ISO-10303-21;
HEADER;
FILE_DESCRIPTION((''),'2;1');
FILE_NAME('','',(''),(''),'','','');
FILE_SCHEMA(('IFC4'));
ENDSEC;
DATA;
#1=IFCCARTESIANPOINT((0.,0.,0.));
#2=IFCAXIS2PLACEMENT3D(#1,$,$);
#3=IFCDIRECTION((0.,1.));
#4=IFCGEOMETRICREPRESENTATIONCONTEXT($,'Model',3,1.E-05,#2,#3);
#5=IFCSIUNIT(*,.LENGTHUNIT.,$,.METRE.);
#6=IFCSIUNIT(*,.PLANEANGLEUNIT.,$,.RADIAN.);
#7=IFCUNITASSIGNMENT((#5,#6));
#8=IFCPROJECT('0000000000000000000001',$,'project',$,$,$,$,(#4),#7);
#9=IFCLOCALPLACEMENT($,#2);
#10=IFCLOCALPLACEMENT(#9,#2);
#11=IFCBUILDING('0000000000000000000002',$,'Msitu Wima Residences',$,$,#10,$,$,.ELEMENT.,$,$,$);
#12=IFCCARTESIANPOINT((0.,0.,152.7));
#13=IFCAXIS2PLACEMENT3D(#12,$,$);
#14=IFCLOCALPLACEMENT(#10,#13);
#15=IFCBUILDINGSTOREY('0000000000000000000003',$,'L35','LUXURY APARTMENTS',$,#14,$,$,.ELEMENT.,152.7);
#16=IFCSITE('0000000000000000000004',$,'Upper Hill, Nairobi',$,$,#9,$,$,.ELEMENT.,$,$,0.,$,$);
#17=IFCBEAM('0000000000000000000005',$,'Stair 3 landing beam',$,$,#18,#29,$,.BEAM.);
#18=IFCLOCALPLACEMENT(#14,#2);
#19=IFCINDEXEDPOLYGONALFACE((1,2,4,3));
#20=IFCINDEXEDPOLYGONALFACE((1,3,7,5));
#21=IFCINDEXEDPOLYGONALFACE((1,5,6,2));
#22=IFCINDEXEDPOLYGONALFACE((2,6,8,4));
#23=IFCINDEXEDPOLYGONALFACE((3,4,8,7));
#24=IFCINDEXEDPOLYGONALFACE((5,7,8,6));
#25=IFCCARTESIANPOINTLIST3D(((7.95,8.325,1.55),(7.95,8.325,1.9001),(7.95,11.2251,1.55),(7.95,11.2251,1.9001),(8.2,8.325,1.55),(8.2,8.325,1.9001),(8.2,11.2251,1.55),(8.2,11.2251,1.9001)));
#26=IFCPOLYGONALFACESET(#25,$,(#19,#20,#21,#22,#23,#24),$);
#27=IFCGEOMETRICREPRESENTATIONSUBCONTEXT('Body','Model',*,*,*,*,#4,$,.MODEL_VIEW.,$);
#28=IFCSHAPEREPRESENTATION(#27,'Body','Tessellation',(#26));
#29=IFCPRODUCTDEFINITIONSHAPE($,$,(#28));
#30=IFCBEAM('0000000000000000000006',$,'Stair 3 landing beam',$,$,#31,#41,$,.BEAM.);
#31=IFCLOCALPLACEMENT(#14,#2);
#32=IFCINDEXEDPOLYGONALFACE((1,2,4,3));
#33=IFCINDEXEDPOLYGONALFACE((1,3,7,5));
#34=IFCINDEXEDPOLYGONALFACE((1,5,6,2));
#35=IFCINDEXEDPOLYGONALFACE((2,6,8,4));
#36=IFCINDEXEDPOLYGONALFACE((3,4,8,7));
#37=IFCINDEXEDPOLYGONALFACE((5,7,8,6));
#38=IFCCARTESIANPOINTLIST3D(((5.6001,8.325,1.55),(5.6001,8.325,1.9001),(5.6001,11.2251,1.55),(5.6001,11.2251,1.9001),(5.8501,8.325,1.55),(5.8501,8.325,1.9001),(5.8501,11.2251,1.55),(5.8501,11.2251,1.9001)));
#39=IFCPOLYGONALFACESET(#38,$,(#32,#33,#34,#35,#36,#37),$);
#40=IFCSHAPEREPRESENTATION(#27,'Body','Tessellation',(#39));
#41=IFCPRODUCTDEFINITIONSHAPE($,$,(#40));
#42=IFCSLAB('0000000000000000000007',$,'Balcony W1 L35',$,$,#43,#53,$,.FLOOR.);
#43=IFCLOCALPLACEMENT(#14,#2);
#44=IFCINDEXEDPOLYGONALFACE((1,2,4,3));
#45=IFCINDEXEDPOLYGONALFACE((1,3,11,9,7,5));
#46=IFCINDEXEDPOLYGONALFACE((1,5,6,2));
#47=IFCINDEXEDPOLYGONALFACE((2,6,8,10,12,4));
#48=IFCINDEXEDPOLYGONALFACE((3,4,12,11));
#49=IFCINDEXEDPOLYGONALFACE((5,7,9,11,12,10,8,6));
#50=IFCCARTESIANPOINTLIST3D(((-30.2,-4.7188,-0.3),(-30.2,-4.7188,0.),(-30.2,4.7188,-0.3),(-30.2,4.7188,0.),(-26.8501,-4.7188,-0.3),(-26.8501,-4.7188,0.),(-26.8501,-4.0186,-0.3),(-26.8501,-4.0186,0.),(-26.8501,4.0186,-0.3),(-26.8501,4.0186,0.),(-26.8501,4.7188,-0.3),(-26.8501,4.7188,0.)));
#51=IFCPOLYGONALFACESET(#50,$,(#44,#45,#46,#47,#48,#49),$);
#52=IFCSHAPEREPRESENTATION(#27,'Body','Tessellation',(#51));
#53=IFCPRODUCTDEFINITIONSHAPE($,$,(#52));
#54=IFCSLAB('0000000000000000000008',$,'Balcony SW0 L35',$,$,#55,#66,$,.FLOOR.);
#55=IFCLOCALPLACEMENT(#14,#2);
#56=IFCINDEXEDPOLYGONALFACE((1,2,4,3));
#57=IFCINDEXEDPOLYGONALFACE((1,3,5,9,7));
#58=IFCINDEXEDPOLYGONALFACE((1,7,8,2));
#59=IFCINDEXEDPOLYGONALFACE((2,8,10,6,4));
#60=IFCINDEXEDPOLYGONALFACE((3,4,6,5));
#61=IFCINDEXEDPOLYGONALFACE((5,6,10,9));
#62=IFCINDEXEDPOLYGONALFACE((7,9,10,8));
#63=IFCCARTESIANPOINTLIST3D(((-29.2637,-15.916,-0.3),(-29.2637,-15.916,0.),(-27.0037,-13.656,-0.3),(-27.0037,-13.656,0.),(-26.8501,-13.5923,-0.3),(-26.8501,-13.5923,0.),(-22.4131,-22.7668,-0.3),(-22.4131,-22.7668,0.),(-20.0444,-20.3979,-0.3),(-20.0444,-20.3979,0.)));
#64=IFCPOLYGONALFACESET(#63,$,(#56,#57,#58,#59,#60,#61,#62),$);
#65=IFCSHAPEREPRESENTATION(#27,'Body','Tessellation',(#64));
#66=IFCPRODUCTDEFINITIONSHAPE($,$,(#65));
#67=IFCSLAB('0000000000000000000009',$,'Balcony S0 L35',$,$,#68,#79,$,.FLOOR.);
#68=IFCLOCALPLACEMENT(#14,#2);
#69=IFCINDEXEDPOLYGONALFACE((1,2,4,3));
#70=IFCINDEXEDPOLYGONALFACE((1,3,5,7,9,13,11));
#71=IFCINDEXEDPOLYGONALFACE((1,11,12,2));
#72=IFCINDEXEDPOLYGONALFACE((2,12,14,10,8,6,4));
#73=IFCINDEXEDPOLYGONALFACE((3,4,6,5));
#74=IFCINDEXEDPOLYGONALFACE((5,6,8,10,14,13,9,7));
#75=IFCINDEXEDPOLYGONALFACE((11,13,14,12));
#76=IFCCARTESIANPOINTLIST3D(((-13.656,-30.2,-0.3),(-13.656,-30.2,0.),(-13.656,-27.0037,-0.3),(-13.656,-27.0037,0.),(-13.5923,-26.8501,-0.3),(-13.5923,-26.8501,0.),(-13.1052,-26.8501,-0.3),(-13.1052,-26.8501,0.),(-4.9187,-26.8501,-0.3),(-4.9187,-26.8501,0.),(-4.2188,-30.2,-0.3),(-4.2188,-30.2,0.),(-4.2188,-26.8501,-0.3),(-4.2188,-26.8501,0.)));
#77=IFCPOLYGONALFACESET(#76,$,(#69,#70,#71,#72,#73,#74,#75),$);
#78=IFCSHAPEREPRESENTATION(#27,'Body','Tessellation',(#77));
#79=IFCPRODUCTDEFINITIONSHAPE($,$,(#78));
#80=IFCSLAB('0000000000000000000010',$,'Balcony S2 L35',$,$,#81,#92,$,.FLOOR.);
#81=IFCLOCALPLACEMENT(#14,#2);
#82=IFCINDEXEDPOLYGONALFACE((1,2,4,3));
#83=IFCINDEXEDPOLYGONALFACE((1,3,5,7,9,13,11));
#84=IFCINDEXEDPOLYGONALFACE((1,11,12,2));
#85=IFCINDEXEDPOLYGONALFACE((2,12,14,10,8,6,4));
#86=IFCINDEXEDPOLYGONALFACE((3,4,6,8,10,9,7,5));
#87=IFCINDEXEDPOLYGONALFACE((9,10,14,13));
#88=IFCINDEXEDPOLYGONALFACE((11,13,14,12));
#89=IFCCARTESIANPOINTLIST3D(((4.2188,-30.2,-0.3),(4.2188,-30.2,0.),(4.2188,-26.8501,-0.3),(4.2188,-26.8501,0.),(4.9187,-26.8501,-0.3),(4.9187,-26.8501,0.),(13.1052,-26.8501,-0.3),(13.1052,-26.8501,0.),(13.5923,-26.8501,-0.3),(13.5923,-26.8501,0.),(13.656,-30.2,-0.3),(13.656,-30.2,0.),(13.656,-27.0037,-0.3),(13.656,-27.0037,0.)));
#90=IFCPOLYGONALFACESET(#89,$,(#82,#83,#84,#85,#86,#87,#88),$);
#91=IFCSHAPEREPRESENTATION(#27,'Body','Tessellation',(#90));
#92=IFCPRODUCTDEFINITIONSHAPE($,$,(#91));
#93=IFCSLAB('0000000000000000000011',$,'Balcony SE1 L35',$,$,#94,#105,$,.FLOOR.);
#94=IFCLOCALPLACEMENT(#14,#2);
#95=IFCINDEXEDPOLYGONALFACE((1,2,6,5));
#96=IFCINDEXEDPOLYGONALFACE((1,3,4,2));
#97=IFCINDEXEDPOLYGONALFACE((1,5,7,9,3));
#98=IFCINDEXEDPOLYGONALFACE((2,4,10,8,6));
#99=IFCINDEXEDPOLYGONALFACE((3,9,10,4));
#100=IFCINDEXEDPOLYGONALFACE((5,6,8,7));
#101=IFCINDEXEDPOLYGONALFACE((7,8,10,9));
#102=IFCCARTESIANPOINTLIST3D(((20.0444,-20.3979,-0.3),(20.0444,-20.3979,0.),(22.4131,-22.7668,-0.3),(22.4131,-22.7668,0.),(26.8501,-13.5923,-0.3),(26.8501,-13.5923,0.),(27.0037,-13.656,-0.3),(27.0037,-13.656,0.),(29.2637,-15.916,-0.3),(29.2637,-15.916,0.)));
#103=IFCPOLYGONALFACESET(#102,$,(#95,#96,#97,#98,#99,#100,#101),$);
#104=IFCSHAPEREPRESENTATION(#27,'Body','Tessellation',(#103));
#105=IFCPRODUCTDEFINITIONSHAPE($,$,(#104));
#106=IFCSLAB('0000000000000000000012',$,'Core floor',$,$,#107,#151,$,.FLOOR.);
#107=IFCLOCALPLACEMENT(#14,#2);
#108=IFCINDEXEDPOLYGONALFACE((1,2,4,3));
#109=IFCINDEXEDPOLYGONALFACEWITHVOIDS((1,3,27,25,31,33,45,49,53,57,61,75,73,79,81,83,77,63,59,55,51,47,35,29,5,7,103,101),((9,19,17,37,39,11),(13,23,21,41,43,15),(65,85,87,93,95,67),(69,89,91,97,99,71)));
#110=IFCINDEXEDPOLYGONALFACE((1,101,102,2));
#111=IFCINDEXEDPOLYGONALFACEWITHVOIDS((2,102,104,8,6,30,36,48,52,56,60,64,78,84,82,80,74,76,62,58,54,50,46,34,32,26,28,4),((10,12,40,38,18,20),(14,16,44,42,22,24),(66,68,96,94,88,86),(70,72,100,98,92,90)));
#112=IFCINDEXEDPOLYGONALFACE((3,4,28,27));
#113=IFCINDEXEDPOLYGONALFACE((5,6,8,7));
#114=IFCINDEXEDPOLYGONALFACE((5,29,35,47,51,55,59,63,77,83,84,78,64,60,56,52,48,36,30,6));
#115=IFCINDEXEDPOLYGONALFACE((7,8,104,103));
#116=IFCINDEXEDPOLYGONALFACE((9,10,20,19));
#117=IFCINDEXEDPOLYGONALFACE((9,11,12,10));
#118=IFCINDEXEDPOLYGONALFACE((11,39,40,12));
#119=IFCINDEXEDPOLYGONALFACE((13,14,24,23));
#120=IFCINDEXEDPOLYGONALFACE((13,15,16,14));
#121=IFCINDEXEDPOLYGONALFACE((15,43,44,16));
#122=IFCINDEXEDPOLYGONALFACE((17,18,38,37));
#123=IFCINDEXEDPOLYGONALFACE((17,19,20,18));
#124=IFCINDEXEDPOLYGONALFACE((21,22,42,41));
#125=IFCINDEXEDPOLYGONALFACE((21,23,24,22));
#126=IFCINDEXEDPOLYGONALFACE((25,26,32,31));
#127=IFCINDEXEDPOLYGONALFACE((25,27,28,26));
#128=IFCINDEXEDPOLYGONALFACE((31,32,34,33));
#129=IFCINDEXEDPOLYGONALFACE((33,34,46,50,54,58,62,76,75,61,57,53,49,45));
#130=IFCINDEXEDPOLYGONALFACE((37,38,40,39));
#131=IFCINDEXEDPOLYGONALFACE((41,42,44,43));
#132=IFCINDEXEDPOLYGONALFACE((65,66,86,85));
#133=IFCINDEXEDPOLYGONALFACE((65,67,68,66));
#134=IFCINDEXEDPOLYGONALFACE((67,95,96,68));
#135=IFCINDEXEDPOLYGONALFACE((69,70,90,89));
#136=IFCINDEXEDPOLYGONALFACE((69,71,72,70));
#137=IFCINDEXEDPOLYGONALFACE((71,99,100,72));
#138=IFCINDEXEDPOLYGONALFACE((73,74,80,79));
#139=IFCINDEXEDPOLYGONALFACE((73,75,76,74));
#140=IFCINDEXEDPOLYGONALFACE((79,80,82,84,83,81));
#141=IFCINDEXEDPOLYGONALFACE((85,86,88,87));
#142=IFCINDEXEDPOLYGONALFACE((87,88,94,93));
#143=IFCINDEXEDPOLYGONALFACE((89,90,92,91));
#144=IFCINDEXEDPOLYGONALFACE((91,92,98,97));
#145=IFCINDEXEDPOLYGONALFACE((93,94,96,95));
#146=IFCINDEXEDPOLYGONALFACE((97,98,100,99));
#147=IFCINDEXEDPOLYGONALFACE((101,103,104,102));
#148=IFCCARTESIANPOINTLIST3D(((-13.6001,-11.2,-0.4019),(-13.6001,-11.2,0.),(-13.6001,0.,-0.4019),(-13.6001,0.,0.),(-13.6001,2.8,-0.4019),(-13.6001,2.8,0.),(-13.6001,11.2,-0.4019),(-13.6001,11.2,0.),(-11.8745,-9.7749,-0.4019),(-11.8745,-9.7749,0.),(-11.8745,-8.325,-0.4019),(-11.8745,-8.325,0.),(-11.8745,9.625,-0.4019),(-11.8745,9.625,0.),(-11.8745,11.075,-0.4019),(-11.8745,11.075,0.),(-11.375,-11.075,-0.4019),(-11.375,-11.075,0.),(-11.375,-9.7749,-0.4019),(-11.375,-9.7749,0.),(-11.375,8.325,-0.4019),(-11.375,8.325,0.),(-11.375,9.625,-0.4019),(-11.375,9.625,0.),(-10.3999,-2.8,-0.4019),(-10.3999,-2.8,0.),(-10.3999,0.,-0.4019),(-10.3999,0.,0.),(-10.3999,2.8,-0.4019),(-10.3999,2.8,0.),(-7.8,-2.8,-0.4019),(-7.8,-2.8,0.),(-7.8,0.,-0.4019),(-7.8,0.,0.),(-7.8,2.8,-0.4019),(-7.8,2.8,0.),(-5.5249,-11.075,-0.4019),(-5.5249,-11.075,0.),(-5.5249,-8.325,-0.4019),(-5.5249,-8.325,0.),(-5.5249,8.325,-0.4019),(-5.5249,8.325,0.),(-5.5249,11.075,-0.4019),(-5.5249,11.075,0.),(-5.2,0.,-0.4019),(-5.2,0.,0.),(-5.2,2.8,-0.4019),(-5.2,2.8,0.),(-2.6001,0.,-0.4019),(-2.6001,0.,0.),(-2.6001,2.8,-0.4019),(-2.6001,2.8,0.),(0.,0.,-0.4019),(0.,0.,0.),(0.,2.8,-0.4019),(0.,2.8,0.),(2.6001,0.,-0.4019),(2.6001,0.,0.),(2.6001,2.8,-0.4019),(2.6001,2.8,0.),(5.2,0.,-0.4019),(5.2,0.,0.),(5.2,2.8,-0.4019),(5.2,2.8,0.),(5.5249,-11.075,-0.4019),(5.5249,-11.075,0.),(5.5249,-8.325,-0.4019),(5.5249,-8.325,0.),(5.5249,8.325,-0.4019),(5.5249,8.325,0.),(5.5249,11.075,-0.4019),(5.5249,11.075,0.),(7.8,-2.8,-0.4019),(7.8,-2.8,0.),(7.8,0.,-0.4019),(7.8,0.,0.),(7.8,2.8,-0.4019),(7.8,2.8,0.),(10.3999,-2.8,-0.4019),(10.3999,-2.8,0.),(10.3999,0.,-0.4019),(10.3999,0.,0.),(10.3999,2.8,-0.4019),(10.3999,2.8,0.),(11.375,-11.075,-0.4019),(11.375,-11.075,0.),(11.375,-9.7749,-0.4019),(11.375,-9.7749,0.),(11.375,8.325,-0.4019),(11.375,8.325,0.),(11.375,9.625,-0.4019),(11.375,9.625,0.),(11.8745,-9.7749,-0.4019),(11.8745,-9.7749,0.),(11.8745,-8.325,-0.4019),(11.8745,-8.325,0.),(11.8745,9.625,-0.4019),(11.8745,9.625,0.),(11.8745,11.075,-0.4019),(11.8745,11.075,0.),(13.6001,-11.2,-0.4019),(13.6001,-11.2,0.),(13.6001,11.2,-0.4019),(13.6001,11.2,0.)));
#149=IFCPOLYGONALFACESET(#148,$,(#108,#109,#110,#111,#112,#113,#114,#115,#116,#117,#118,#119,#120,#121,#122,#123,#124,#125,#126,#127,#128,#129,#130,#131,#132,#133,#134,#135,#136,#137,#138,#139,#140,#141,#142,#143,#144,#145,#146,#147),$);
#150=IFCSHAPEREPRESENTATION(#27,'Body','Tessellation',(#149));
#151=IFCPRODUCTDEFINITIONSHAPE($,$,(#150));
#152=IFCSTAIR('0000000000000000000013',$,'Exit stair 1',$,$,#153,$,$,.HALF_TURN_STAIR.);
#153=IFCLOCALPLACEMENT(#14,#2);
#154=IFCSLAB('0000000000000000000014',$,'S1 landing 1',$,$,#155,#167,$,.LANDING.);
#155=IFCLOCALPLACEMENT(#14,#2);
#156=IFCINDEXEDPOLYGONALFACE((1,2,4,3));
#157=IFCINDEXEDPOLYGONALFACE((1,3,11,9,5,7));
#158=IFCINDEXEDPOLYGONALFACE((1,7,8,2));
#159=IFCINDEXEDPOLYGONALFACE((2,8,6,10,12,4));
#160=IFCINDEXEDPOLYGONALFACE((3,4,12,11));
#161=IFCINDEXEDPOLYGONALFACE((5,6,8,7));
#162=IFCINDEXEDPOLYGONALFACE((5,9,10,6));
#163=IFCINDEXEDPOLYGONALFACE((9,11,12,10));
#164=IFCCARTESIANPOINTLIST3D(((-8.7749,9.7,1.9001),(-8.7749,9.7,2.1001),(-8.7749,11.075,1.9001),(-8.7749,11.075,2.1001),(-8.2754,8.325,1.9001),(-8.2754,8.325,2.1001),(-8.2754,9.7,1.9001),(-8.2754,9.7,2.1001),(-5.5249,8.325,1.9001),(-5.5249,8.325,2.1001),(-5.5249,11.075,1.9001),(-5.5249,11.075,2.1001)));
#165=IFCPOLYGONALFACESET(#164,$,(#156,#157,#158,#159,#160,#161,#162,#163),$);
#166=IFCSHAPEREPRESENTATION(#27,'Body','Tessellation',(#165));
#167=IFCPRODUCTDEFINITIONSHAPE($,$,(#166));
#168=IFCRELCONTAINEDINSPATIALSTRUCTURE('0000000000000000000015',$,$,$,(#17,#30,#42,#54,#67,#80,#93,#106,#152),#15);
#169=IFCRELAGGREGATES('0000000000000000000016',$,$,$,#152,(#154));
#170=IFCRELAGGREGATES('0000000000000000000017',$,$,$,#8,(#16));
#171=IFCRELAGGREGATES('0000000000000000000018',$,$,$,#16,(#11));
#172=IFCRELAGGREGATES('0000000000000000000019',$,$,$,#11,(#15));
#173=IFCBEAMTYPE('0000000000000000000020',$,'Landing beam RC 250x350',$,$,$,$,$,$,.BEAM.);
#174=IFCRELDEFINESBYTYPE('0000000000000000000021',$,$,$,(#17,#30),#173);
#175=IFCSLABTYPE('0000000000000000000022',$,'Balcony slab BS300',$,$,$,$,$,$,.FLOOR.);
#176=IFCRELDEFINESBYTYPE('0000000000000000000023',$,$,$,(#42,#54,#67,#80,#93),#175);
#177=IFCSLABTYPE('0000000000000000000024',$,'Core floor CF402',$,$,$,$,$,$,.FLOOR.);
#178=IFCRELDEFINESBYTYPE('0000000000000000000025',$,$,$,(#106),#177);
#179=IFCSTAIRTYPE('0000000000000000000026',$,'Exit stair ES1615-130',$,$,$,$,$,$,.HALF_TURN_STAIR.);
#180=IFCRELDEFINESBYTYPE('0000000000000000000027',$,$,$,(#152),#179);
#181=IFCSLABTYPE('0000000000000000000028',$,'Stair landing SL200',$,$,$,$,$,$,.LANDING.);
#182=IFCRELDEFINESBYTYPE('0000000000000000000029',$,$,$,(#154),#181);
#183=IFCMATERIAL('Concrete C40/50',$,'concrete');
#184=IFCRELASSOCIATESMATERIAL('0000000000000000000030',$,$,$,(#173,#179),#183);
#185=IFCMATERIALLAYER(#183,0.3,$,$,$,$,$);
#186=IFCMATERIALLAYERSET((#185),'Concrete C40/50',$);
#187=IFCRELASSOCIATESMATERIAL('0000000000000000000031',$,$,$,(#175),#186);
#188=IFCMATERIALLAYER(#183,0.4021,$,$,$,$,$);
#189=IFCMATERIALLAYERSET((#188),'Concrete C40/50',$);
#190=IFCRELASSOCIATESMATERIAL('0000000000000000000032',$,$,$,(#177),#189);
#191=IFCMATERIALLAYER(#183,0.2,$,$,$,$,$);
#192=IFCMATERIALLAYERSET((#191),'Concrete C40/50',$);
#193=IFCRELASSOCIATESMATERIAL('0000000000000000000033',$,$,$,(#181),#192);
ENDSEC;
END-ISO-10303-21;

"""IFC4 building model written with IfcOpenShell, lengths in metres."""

from ifc_helpers import new_model, si_unit, direction, frame, origin, origin_2d, place, context, subcontext, project, spatial, polyline, rectangle, outline, extrude, material, layer, layer_set, material_profile, profile_set, type_object, element, aggregate, save


model = new_model("IFC4")

# Units and contexts
model_context = context("Model", 3, precision=1e-05, world=origin(), true_north=direction((0.0, 1.0)))
body_context = subcontext(model_context, "Body", "Model", "MODEL_VIEW")
ifc_project = project(units=[si_unit("LENGTHUNIT", "METRE"), si_unit("PLANEANGLEUNIT", "RADIAN")], contexts=[model_context])

# Site, building, storey
site_placement = place(None, origin())
site = spatial("IfcSite", under=ifc_project, at=site_placement, Name="Upper Hill, Nairobi", CompositionType="ELEMENT", RefElevation=0.0)
building_placement = place(site_placement, origin())
building = spatial("IfcBuilding", under=site, at=building_placement, Name="Msitu Wima Residences", CompositionType="ELEMENT")
storey_placement = place(building_placement, frame((0.0, 0.0, 152.7)))
storey = spatial("IfcBuildingStorey", under=building, at=storey_placement, Name="L35", Description="LUXURY APARTMENTS", CompositionType="ELEMENT", Elevation=152.7)

# Beams
ifc_material_1 = material(Name="Concrete C40/50", Category="concrete")
ifc_material_profile = material_profile(ifc_material_1, rectangle(XDim=0.25, YDim=0.3501, at=origin_2d()), Name="RC 250x350")
ifc_profile_set = profile_set([ifc_material_profile], Name="Concrete C40/50")
beam_type = type_object("IfcBeamType", Name="Landing beam RC 250x350", PredefinedType="BEAM", material=ifc_profile_set)
for number, where, z_axis, x_axis, name in (
    (1, (8.075, 8.325, 1.7251), (0.0, 1.0, 0.0), (-1.0, 0.0, 0.0), "Stair 3 landing beam"),
    (2, (5.7251, 8.325, 1.7251), (0.0, 1.0, 0.0), (-1.0, 0.0, 0.0), "Stair 3 landing beam"),
):
    element("IfcBeam", number, at=place(storey_placement, frame(where, z_axis=z_axis, x_axis=x_axis)), inside=storey, type_object=beam_type, Name=name, PredefinedType="BEAM", context=body_context, shape_type="SweptSolid", body=[
        extrude(rectangle(XDim=0.25, YDim=0.3501, at=origin_2d()), origin(), (0.0, 0.0, 1.0), 2.9001),
    ])

# Slabs
ifc_layer_1 = layer(ifc_material_1, 0.3)
ifc_layer_set_1 = layer_set([ifc_layer_1], Name="Concrete C40/50")
slab_type_1 = type_object("IfcSlabType", Name="Balcony slab BS300", PredefinedType="FLOOR", material=ifc_layer_set_1)
slab_1_placement = place(storey_placement, frame((0.0, 0.0, -0.3)))
element("IfcSlab", 3, at=slab_1_placement, inside=storey, type_object=slab_type_1, Name="Balcony W1 L35", PredefinedType="FLOOR", context=body_context, shape_type="SweptSolid", body=[
    extrude(outline(polyline([(-26.8501, -4.0186), (-26.8501, -4.0186), (-26.8501, -4.7188), (-30.2, -4.7188), (-30.2, 4.7188), (-26.8501, 4.7188), (-26.8501, 4.0186), (-26.8501, 4.0186), (-26.8501, -4.0186)])), origin(), (0.0, 0.0, 1.0), 0.3),
])
slab_2_placement = place(storey_placement, frame((0.0, 0.0, -0.3)))
element("IfcSlab", 4, at=slab_2_placement, inside=storey, type_object=slab_type_1, Name="Balcony SW0 L35", PredefinedType="FLOOR", context=body_context, shape_type="SweptSolid", body=[
    extrude(outline(polyline([(-22.4131, -22.7668), (-29.2637, -15.916), (-27.0037, -13.656), (-26.8501, -13.5923), (-20.0444, -20.3979), (-22.4131, -22.7668)])), origin(), (0.0, 0.0, 1.0), 0.3),
])
slab_3_placement = place(storey_placement, frame((0.0, 0.0, -0.3)))
element("IfcSlab", 5, at=slab_3_placement, inside=storey, type_object=slab_type_1, Name="Balcony S0 L35", PredefinedType="FLOOR", context=body_context, shape_type="SweptSolid", body=[
    extrude(outline(polyline([(-13.1052, -26.8501), (-13.1052, -26.8501), (-4.9187, -26.8501), (-4.9187, -26.8501), (-4.2188, -26.8501), (-4.2188, -30.2), (-13.656, -30.2), (-13.656, -27.0037), (-13.5923, -26.8501), (-13.1052, -26.8501), (-13.1052, -26.8501)])), origin(), (0.0, 0.0, 1.0), 0.3),
])
slab_4_placement = place(storey_placement, frame((0.0, 0.0, -0.3)))
element("IfcSlab", 6, at=slab_4_placement, inside=storey, type_object=slab_type_1, Name="Balcony S2 L35", PredefinedType="FLOOR", context=body_context, shape_type="SweptSolid", body=[
    extrude(outline(polyline([(13.1052, -26.8501), (13.1052, -26.8501), (13.5923, -26.8501), (13.656, -27.0037), (13.656, -30.2), (4.2188, -30.2), (4.2188, -26.8501), (4.9187, -26.8501), (4.9187, -26.8501), (13.1052, -26.8501), (13.1052, -26.8501)])), origin(), (0.0, 0.0, 1.0), 0.3),
])
slab_5_placement = place(storey_placement, frame((0.0, 0.0, -0.3)))
element("IfcSlab", 7, at=slab_5_placement, inside=storey, type_object=slab_type_1, Name="Balcony SE1 L35", PredefinedType="FLOOR", context=body_context, shape_type="SweptSolid", body=[
    extrude(outline(polyline([(29.2637, -15.916), (22.4131, -22.7668), (20.0444, -20.3979), (26.8501, -13.5923), (27.0037, -13.656), (29.2637, -15.916)])), origin(), (0.0, 0.0, 1.0), 0.3),
])
ifc_layer_2 = layer(ifc_material_1, 0.4021)
ifc_layer_set_2 = layer_set([ifc_layer_2], Name="Concrete C40/50")
slab_type_2 = type_object("IfcSlabType", Name="Core floor CF402", PredefinedType="FLOOR", material=ifc_layer_set_2)
slab_6_placement = place(storey_placement, frame((0.0, 0.0, -0.4019)))
element("IfcSlab", 8, at=slab_6_placement, inside=storey, type_object=slab_type_2, Name="Core floor", PredefinedType="FLOOR", context=body_context, shape_type="SweptSolid", body=[
    extrude(outline(polyline([(-13.6001, 11.2), (-13.6001, 2.8), (-10.3999, 2.8), (-7.8, 2.8), (-5.2, 2.8), (-2.6001, 2.8), (0.0, 2.8), (2.6001, 2.8), (5.2, 2.8), (7.8, 2.8), (10.3999, 2.8), (10.3999, 0.0), (10.3999, -2.8), (7.8, -2.8), (7.8, 0.0), (5.2, 0.0), (2.6001, 0.0), (0.0, 0.0), (-2.6001, 0.0), (-5.2, 0.0), (-7.8, 0.0), (-7.8, -2.8), (-10.3999, -2.8), (-10.3999, 0.0), (-13.6001, 0.0), (-13.6001, -11.2), (13.6001, -11.2), (13.6001, 11.2), (-13.6001, 11.2)]), holes=[polyline([(-11.375, -11.075), (-11.375, -9.7749), (-11.8745, -9.7749), (-11.8745, -8.325), (-5.5249, -8.325), (-5.5249, -11.075), (-11.375, -11.075)]), polyline([(-11.375, 9.625), (-11.8745, 9.625), (-11.8745, 11.075), (-5.5249, 11.075), (-5.5249, 8.325), (-11.375, 8.325), (-11.375, 9.625)]), polyline([(11.375, -9.7749), (11.375, -11.075), (5.5249, -11.075), (5.5249, -8.325), (11.8745, -8.325), (11.8745, -9.7749), (11.375, -9.7749)]), polyline([(11.375, 9.625), (11.375, 8.325), (5.5249, 8.325), (5.5249, 11.075), (11.8745, 11.075), (11.8745, 9.625), (11.375, 9.625)])]), origin(), (0.0, 0.0, 1.0), 0.4019),
])

# Stair, slab
stair_type = type_object("IfcStairType", Name="Exit stair ES1615-130", PredefinedType="HALF_TURN_STAIR", material=ifc_material_1)
stair_1_placement = place(storey_placement, origin())
stair_1 = element("IfcStair", 9, at=stair_1_placement, inside=storey, type_object=stair_type, Name="Exit stair 1", PredefinedType="HALF_TURN_STAIR")
ifc_layer_3 = layer(ifc_material_1, 0.2)
ifc_layer_set_3 = layer_set([ifc_layer_3], Name="Concrete C40/50")
slab_type_3 = type_object("IfcSlabType", Name="Stair landing SL200", PredefinedType="LANDING", material=ifc_layer_set_3)
slab_7_placement = place(storey_placement, frame((0.0, 0.0, 1.9001)))
slab_7 = element("IfcSlab", 10, at=slab_7_placement, type_object=slab_type_3, Name="S1 landing 1", PredefinedType="LANDING", context=body_context, shape_type="SweptSolid", body=[
    extrude(outline(polyline([(-5.5249, 8.325), (-8.2754, 8.325), (-8.2754, 9.7), (-8.7749, 9.7), (-8.7749, 11.075), (-5.5249, 11.075), (-5.5249, 8.325)])), origin(), (0.0, 0.0, 1.0), 0.2),
])
aggregate(stair_1, [slab_7])

save(model, "model.ifc")
